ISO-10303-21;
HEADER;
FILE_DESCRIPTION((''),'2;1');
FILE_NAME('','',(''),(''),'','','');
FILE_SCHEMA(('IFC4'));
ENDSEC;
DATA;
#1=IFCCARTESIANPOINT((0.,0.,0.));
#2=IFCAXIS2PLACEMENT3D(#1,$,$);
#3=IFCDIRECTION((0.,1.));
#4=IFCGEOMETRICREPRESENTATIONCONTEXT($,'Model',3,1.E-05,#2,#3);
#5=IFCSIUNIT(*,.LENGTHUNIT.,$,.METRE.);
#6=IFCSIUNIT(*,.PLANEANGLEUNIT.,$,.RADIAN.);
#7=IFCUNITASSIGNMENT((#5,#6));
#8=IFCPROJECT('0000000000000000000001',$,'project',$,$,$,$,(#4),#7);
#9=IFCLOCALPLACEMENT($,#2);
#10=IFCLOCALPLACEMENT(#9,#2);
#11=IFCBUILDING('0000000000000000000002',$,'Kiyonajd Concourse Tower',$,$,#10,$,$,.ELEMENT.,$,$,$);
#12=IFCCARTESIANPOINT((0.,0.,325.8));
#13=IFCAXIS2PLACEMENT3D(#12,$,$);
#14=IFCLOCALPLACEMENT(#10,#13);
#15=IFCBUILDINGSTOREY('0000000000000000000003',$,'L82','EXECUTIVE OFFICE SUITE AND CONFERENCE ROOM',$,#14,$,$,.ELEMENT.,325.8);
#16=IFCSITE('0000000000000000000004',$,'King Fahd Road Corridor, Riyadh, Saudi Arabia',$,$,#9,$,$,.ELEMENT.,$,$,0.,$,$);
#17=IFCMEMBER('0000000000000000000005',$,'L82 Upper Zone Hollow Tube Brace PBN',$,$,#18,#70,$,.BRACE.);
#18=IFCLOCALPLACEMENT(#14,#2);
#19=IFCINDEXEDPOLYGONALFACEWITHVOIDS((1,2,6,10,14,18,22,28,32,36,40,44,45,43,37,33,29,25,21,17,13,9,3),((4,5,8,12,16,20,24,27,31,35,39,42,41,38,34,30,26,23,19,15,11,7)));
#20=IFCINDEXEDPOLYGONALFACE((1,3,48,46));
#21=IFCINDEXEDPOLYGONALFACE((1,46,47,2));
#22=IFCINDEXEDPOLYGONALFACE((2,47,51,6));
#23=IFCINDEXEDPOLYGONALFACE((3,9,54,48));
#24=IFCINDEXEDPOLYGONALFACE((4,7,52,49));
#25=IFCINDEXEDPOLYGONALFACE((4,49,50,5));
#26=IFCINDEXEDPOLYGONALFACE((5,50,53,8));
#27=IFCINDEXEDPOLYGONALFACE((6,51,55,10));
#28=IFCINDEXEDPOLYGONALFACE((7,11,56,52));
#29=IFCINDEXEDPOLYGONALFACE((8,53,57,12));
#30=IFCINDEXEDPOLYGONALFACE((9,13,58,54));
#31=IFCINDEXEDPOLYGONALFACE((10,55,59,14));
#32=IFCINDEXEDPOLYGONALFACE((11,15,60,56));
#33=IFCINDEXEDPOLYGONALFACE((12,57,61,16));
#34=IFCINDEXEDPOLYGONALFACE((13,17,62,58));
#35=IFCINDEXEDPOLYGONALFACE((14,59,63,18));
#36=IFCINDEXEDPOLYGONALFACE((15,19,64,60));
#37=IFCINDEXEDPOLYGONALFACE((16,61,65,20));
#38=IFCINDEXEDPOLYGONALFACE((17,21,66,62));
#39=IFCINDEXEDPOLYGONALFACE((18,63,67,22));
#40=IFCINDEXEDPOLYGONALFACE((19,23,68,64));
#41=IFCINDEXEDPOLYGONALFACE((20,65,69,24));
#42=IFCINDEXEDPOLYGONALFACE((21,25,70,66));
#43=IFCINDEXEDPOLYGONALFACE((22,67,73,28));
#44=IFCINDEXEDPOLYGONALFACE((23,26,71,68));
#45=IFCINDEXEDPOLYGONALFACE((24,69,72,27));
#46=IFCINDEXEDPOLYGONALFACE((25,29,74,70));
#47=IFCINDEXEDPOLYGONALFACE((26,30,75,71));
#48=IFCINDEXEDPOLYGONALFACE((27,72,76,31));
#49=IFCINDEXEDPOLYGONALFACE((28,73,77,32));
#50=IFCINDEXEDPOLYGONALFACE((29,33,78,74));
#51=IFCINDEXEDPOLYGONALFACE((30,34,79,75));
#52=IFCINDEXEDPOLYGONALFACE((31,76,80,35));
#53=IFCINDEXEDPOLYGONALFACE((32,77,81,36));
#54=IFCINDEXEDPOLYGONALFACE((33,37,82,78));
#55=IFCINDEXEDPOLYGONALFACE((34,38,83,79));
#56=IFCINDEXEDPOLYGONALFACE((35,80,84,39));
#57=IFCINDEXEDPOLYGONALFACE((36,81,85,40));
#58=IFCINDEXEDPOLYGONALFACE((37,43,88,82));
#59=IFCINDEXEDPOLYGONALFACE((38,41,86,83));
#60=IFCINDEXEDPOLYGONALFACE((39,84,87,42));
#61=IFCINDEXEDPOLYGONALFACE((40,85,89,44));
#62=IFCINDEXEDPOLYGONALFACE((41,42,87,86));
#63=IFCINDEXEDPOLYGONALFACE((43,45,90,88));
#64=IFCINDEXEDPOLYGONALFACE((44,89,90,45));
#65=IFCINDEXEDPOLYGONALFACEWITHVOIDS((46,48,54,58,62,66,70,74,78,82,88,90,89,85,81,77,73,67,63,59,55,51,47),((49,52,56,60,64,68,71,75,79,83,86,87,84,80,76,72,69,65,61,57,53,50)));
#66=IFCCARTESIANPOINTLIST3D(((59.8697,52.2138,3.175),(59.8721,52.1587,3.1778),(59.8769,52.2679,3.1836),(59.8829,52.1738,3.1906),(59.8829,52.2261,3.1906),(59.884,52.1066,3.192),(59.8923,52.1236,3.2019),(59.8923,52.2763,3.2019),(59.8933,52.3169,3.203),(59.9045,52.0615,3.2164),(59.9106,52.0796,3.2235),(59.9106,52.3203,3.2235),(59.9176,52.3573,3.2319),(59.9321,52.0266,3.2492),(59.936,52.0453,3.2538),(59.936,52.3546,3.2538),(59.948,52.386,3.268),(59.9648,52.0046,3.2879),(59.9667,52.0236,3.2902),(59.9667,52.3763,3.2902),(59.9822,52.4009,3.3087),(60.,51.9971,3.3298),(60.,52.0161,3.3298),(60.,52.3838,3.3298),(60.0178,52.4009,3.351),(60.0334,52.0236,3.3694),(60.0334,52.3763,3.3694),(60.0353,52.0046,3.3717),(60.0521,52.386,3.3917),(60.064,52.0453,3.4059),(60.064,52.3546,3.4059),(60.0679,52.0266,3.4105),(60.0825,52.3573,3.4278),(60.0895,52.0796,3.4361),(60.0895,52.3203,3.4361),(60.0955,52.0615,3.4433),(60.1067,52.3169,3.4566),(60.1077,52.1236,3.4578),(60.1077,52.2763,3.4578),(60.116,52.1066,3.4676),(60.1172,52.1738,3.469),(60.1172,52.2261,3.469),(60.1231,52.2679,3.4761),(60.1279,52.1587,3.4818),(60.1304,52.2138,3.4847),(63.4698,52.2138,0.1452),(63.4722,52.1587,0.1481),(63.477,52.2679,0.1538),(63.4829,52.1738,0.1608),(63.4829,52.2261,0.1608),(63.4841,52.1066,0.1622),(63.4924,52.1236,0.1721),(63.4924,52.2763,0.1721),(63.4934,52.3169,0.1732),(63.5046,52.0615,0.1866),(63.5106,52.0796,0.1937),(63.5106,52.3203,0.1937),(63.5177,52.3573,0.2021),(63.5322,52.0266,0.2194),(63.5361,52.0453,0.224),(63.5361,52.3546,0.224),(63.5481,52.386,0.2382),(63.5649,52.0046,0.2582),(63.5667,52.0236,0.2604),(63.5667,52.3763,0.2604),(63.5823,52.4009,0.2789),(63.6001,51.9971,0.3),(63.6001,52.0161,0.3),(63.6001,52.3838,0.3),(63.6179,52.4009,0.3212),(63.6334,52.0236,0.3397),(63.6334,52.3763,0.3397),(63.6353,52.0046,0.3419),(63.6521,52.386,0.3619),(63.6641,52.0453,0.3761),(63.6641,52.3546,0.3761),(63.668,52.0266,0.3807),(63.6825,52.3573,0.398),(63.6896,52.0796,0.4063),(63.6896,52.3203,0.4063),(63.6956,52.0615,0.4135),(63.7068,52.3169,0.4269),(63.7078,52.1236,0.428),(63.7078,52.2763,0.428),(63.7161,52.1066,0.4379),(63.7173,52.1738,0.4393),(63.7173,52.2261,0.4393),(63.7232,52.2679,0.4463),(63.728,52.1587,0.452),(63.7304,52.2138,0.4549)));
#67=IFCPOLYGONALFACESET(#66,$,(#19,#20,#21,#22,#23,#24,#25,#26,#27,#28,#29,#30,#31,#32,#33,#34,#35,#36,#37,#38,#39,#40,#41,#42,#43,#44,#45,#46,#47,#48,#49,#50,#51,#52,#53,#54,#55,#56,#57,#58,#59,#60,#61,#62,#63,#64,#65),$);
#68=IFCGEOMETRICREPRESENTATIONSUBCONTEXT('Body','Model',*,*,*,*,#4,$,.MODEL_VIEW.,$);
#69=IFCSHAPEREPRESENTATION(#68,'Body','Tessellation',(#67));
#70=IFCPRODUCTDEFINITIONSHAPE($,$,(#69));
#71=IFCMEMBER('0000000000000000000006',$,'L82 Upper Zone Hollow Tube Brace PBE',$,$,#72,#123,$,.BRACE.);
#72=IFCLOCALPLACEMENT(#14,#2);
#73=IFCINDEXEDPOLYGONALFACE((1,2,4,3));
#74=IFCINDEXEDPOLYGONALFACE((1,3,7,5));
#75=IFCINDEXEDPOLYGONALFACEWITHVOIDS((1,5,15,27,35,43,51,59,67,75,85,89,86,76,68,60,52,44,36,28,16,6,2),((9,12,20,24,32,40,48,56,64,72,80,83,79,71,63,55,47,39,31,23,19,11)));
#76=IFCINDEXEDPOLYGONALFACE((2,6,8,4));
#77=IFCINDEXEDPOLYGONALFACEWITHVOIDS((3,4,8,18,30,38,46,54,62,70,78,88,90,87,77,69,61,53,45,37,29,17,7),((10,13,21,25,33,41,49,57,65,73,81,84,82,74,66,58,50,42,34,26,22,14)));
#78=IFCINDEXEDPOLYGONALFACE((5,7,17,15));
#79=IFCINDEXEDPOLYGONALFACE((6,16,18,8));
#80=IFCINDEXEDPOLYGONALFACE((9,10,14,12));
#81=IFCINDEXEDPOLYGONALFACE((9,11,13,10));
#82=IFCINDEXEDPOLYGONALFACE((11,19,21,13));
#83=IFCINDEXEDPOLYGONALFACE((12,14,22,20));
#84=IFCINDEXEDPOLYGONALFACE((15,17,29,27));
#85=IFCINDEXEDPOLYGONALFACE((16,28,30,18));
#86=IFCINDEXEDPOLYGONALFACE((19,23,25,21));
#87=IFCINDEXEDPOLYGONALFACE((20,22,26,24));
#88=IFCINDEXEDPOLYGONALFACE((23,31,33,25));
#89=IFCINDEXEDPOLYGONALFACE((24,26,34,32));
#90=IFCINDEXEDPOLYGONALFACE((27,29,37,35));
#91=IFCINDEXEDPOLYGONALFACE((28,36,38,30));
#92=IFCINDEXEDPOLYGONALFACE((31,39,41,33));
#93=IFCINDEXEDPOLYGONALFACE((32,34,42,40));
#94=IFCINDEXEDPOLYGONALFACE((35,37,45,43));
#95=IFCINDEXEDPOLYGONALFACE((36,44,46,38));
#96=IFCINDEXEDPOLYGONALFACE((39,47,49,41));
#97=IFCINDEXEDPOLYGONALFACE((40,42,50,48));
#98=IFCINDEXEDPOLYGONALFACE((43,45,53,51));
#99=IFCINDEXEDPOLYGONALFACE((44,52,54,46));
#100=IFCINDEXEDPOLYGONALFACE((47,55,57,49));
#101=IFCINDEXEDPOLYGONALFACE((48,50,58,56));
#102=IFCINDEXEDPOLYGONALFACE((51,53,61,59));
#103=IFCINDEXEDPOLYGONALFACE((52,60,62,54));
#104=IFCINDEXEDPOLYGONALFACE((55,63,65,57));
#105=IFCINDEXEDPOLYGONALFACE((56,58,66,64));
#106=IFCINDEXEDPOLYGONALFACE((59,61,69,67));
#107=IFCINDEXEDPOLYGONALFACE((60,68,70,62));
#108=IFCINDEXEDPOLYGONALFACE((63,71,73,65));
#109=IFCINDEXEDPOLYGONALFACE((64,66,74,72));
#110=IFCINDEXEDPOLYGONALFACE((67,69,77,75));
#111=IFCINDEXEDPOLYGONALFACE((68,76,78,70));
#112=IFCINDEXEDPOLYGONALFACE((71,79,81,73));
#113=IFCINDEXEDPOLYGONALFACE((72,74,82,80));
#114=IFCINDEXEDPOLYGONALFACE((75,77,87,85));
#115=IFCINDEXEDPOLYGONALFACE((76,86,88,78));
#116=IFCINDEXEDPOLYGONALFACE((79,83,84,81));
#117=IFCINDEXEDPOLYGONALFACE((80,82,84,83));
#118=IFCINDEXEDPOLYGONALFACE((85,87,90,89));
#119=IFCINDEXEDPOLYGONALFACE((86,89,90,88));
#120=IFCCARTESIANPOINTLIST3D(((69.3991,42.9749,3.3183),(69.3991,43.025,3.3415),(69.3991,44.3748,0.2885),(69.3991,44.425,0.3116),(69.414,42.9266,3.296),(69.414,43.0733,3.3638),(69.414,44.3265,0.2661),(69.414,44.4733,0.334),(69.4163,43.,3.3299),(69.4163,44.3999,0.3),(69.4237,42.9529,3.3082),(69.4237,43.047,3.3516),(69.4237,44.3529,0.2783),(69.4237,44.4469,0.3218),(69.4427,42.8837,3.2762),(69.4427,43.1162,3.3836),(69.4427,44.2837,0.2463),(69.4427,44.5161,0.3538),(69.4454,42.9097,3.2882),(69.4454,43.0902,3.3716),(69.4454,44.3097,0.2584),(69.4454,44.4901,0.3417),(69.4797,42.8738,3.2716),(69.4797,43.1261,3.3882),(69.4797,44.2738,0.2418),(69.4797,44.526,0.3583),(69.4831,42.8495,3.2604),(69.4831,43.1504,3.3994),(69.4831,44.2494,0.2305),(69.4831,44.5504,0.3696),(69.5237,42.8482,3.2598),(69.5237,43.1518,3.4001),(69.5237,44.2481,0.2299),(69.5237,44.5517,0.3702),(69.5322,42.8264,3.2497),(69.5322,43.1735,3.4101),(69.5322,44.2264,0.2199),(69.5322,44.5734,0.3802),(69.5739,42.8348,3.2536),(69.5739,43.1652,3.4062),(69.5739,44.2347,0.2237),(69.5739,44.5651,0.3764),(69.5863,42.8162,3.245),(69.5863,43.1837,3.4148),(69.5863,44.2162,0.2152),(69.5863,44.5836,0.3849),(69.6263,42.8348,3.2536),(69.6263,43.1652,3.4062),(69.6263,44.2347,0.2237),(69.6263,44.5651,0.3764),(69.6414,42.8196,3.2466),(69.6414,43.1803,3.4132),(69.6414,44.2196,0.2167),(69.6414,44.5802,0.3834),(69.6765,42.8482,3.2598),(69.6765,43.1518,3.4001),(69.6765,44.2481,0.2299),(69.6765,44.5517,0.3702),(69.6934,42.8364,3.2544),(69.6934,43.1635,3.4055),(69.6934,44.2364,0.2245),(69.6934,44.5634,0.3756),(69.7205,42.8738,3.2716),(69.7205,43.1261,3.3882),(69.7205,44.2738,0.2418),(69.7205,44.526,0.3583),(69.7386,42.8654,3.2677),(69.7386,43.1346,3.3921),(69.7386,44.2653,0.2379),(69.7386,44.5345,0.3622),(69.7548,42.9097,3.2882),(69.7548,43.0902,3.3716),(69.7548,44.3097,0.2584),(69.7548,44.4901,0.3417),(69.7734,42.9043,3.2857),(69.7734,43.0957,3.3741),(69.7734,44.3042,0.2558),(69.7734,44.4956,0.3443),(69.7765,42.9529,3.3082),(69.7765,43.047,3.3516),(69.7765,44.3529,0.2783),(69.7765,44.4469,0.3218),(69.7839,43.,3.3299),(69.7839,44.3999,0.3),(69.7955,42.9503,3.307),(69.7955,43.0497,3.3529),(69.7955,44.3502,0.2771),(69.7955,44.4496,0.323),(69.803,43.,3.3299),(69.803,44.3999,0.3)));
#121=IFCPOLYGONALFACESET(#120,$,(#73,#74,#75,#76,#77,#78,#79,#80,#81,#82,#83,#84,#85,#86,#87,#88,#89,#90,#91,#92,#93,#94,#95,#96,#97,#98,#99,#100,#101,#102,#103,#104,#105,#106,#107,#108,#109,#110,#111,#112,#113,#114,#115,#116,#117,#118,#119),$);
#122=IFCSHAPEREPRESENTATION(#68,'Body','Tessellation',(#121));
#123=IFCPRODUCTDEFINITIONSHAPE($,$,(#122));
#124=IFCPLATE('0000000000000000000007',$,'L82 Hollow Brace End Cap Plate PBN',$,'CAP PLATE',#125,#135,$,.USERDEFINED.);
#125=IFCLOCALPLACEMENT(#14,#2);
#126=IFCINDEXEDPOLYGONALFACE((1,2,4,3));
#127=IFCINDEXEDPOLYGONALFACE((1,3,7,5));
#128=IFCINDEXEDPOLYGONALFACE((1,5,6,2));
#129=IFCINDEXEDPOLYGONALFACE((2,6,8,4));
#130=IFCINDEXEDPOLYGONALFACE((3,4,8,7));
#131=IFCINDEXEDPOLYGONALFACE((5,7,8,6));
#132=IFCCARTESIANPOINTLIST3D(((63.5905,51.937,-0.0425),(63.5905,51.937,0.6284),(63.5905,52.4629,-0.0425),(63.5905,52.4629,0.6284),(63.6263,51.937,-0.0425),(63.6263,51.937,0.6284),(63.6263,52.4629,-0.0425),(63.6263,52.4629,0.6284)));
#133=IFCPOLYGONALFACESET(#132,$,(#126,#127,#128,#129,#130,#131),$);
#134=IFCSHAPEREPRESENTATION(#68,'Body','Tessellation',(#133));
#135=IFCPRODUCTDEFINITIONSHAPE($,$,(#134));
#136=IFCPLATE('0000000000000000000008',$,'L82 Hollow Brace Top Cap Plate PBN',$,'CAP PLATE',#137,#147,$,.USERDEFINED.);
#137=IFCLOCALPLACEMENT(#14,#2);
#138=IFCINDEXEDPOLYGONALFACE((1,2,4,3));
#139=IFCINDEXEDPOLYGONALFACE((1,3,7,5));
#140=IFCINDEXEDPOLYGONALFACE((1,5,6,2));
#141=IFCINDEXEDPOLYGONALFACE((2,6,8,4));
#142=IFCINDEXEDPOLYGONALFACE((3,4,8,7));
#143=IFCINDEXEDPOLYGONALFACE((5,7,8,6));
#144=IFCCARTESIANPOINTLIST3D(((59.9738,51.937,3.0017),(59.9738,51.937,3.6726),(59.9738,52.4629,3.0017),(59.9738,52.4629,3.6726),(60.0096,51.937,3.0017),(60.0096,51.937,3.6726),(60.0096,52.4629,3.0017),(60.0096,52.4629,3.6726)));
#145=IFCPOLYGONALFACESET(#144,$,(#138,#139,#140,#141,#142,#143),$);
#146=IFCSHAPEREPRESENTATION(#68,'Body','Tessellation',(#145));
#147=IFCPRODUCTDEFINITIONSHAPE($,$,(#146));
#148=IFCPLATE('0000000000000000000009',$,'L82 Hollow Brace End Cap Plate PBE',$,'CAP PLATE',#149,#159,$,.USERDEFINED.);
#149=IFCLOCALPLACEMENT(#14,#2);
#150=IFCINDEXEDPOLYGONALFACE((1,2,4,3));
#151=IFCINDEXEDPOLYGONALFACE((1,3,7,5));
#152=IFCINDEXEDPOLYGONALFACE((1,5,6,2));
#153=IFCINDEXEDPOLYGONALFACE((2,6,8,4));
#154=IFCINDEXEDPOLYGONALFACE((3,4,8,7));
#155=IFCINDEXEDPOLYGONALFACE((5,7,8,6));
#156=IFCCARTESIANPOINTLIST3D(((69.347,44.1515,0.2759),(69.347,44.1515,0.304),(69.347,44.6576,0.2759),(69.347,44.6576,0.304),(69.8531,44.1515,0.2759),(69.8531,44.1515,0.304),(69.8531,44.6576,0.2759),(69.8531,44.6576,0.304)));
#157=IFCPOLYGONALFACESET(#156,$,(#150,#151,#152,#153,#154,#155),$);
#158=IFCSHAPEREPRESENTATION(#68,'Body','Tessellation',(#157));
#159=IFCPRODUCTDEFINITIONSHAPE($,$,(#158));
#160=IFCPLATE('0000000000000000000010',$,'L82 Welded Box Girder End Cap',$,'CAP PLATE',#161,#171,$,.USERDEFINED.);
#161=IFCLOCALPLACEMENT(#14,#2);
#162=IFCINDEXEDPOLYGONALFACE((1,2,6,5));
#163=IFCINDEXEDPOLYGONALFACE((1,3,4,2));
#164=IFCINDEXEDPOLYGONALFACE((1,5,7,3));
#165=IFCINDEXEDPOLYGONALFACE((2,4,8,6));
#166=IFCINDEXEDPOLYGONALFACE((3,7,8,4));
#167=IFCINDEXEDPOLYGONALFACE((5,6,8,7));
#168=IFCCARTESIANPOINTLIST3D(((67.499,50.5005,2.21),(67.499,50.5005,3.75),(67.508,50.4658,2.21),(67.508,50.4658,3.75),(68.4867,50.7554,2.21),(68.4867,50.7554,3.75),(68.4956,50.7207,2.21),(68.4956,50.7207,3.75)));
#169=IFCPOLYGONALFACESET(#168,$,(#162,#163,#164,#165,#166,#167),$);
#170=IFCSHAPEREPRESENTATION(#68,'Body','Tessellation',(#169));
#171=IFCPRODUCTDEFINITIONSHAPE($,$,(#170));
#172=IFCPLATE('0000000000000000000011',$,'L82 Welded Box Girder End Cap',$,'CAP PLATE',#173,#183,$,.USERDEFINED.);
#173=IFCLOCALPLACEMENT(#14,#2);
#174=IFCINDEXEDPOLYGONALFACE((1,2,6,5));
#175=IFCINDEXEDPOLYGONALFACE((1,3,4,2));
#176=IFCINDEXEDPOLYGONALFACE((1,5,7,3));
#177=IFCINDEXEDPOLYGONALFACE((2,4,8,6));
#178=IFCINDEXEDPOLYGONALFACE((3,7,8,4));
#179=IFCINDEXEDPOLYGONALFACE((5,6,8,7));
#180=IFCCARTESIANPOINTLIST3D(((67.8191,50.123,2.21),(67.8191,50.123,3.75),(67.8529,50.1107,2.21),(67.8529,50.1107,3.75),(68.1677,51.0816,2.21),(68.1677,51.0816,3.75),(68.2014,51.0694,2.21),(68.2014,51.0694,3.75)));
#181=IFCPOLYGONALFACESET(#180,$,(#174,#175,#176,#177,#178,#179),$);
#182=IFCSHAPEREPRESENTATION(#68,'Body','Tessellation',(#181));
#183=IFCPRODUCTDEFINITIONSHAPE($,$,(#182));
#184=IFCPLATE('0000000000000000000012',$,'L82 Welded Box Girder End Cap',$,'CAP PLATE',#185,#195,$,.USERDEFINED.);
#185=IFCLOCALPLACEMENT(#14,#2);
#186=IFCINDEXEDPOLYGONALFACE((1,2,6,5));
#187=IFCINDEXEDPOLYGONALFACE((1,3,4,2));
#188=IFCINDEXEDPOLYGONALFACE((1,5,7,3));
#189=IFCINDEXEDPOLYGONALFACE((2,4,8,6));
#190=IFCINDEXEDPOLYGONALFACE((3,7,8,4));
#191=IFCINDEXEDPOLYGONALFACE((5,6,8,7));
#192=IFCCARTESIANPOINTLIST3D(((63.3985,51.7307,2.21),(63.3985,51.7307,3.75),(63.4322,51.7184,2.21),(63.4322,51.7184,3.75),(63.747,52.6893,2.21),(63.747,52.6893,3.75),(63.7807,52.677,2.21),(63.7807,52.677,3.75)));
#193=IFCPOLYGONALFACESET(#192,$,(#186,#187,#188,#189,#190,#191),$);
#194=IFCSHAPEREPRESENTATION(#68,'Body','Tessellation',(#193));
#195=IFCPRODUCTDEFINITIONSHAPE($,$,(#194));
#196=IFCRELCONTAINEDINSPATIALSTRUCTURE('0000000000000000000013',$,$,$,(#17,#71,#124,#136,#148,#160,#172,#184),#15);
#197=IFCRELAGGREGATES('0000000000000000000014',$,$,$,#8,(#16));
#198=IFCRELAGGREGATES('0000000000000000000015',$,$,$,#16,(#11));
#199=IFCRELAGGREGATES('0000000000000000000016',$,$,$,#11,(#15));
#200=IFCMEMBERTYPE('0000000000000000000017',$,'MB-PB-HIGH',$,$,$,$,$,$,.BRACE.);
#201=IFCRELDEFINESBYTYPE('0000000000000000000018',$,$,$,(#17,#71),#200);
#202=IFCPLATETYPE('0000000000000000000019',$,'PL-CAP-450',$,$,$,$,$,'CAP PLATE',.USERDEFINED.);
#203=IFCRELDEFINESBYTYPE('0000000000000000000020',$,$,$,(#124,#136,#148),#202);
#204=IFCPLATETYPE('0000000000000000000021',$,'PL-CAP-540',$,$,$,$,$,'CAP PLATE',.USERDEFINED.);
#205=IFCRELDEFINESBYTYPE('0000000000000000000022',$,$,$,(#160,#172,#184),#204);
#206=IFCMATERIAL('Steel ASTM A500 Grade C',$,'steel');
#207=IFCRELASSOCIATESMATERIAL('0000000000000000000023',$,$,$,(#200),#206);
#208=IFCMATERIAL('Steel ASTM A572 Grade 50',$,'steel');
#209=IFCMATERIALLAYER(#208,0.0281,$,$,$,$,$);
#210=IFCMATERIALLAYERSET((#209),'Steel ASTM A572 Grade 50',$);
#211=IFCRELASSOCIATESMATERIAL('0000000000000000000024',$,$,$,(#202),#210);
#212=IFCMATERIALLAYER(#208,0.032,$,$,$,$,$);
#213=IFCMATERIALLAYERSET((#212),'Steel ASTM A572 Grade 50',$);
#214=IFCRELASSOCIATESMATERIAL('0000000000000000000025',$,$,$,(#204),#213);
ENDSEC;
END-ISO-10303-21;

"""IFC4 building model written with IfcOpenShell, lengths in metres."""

from ifc_helpers import new_model, si_unit, direction, frame, origin, origin_2d, place, context, subcontext, project, spatial, rectangle, hollow_circle, extrude, material, layer, layer_set, material_profile, profile_set, type_object, element, save


model = new_model("IFC4")

# Units and contexts
model_context = context("Model", 3, precision=1e-05, world=origin(), true_north=direction((0.0, 1.0)))
body_context = subcontext(model_context, "Body", "Model", "MODEL_VIEW")
ifc_project = project(units=[si_unit("LENGTHUNIT", "METRE"), si_unit("PLANEANGLEUNIT", "RADIAN")], contexts=[model_context])

# Site, building, storey
site_placement = place(None, origin())
site = spatial("IfcSite", under=ifc_project, at=site_placement, Name="King Fahd Road Corridor, Riyadh, Saudi Arabia", CompositionType="ELEMENT", RefElevation=0.0)
building_placement = place(site_placement, origin())
building = spatial("IfcBuilding", under=site, at=building_placement, Name="Kiyonajd Concourse Tower", CompositionType="ELEMENT")
storey_placement = place(building_placement, frame((0.0, 0.0, 325.8)))
storey = spatial("IfcBuildingStorey", under=building, at=storey_placement, Name="L82", Description="EXECUTIVE OFFICE SUITE AND CONFERENCE ROOM", CompositionType="ELEMENT", Elevation=325.8)

# Shared definitions
ifc_material_1 = material(Name="Steel ASTM A572 Grade 50", Category="steel")

# Members
ifc_material_2 = material(Name="Steel ASTM A500 Grade C", Category="steel")
ifc_material_profile_1 = material_profile(ifc_material_2, hollow_circle(Radius=0.2029, WallThickness=0.019, at=origin_2d()), Name="CHS-406x19")
ifc_profile_set_1 = profile_set([ifc_material_profile_1], Name="Steel ASTM A500 Grade C")
member_type = type_object("IfcMemberType", Name="MB-PB-HIGH", PredefinedType="BRACE", material=ifc_profile_set_1)
member_1_placement = place(storey_placement, frame((63.6001, 52.2, 0.3), z_axis=(-0.765108, 0.0, 0.643902), x_axis=(0.0, -1.0, 0.0)))
element("IfcMember", 1, at=member_1_placement, inside=storey, type_object=member_type, Name="L82 Upper Zone Hollow Tube Brace PBN", PredefinedType="BRACE", context=body_context, shape_type="SweptSolid", body=[
    extrude(hollow_circle(Radius=0.2029, WallThickness=0.019, at=origin_2d()), origin(), (0.0, 0.0, 1.0), 4.7053),
])
member_2_placement = place(storey_placement, frame((69.6001, 44.3999, 0.3), z_axis=(0.0, -0.419439, 0.907784), x_axis=(1.0, 0.0, 0.0)))
element("IfcMember", 2, at=member_2_placement, inside=storey, type_object=member_type, Name="L82 Upper Zone Hollow Tube Brace PBE", PredefinedType="BRACE", context=body_context, shape_type="SweptSolid", body=[
    extrude(hollow_circle(Radius=0.2029, WallThickness=0.019, at=origin_2d()), origin(), (0.0, 0.0, 1.0), 3.3376),
])

# Plates
ifc_layer_1 = layer(ifc_material_1, 0.0281)
ifc_layer_set_1 = layer_set([ifc_layer_1], Name="Steel ASTM A572 Grade 50")
plate_type_1 = type_object("IfcPlateType", Name="PL-CAP-450", ElementType="CAP PLATE", PredefinedType="USERDEFINED", material=ifc_layer_set_1)
for number, where, z_axis, x_axis, name in (
    (3, (63.6084, 52.2, -0.0425), (0.0, 0.0, 1.0), (1.0, 0.0, 0.0), "L82 Hollow Brace End Cap Plate PBN"),
    (4, (59.9917, 52.2, 3.0017), (0.0, 0.0, 1.0), (-1.0, 0.0, 0.0), "L82 Hollow Brace Top Cap Plate PBN"),
):
    element("IfcPlate", number, at=place(storey_placement, frame(where, z_axis=z_axis, x_axis=x_axis)), inside=storey, type_object=plate_type_1, Name=name, ObjectType="CAP PLATE", PredefinedType="USERDEFINED", context=body_context, shape_type="SweptSolid", body=[
        extrude(rectangle(XDim=0.0359, YDim=0.5259, at=origin_2d()), origin(), (0.0, 0.0, 1.0), 0.6709),
    ])
plate_placement = place(storey_placement, frame((69.6001, 44.4045, 0.2759), z_axis=(0.0, 0.0, 1.0), x_axis=(1.0, 0.0, 0.0)))
element("IfcPlate", 5, at=plate_placement, inside=storey, type_object=plate_type_1, Name="L82 Hollow Brace End Cap Plate PBE", ObjectType="CAP PLATE", PredefinedType="USERDEFINED", context=body_context, shape_type="SweptSolid", body=[
    extrude(rectangle(XDim=0.5061, YDim=0.5061, at=origin_2d()), origin(), (0.0, 0.0, 1.0), 0.0281),
])
ifc_layer_2 = layer(ifc_material_1, 0.032)
ifc_layer_set_2 = layer_set([ifc_layer_2], Name="Steel ASTM A572 Grade 50")
plate_type_2 = type_object("IfcPlateType", Name="PL-CAP-540", ElementType="CAP PLATE", PredefinedType="USERDEFINED", material=ifc_layer_set_2)
for number, where, z_axis, x_axis, name in (
    (6, (67.9973, 50.6106, 2.21), (0.0, 0.0, 1.0), (-0.249873, 0.968279, 0.0), "L82 Welded Box Girder End Cap"),
    (7, (68.0103, 50.5962, 2.21), (0.0, 0.0, 1.0), (0.939812, -0.341692, 0.0), "L82 Welded Box Girder End Cap"),
    (8, (63.5896, 52.2039, 2.21), (0.0, 0.0, 1.0), (-0.939812, 0.341692, 0.0), "L82 Welded Box Girder End Cap"),
):
    element("IfcPlate", number, at=place(storey_placement, frame(where, z_axis=z_axis, x_axis=x_axis)), inside=storey, type_object=plate_type_2, Name=name, ObjectType="CAP PLATE", PredefinedType="USERDEFINED", context=body_context, shape_type="SweptSolid", body=[
        extrude(rectangle(XDim=0.0359, YDim=1.02, at=origin_2d()), origin(), (0.0, 0.0, 1.0), 1.54),
    ])

save(model, "model.ifc")
